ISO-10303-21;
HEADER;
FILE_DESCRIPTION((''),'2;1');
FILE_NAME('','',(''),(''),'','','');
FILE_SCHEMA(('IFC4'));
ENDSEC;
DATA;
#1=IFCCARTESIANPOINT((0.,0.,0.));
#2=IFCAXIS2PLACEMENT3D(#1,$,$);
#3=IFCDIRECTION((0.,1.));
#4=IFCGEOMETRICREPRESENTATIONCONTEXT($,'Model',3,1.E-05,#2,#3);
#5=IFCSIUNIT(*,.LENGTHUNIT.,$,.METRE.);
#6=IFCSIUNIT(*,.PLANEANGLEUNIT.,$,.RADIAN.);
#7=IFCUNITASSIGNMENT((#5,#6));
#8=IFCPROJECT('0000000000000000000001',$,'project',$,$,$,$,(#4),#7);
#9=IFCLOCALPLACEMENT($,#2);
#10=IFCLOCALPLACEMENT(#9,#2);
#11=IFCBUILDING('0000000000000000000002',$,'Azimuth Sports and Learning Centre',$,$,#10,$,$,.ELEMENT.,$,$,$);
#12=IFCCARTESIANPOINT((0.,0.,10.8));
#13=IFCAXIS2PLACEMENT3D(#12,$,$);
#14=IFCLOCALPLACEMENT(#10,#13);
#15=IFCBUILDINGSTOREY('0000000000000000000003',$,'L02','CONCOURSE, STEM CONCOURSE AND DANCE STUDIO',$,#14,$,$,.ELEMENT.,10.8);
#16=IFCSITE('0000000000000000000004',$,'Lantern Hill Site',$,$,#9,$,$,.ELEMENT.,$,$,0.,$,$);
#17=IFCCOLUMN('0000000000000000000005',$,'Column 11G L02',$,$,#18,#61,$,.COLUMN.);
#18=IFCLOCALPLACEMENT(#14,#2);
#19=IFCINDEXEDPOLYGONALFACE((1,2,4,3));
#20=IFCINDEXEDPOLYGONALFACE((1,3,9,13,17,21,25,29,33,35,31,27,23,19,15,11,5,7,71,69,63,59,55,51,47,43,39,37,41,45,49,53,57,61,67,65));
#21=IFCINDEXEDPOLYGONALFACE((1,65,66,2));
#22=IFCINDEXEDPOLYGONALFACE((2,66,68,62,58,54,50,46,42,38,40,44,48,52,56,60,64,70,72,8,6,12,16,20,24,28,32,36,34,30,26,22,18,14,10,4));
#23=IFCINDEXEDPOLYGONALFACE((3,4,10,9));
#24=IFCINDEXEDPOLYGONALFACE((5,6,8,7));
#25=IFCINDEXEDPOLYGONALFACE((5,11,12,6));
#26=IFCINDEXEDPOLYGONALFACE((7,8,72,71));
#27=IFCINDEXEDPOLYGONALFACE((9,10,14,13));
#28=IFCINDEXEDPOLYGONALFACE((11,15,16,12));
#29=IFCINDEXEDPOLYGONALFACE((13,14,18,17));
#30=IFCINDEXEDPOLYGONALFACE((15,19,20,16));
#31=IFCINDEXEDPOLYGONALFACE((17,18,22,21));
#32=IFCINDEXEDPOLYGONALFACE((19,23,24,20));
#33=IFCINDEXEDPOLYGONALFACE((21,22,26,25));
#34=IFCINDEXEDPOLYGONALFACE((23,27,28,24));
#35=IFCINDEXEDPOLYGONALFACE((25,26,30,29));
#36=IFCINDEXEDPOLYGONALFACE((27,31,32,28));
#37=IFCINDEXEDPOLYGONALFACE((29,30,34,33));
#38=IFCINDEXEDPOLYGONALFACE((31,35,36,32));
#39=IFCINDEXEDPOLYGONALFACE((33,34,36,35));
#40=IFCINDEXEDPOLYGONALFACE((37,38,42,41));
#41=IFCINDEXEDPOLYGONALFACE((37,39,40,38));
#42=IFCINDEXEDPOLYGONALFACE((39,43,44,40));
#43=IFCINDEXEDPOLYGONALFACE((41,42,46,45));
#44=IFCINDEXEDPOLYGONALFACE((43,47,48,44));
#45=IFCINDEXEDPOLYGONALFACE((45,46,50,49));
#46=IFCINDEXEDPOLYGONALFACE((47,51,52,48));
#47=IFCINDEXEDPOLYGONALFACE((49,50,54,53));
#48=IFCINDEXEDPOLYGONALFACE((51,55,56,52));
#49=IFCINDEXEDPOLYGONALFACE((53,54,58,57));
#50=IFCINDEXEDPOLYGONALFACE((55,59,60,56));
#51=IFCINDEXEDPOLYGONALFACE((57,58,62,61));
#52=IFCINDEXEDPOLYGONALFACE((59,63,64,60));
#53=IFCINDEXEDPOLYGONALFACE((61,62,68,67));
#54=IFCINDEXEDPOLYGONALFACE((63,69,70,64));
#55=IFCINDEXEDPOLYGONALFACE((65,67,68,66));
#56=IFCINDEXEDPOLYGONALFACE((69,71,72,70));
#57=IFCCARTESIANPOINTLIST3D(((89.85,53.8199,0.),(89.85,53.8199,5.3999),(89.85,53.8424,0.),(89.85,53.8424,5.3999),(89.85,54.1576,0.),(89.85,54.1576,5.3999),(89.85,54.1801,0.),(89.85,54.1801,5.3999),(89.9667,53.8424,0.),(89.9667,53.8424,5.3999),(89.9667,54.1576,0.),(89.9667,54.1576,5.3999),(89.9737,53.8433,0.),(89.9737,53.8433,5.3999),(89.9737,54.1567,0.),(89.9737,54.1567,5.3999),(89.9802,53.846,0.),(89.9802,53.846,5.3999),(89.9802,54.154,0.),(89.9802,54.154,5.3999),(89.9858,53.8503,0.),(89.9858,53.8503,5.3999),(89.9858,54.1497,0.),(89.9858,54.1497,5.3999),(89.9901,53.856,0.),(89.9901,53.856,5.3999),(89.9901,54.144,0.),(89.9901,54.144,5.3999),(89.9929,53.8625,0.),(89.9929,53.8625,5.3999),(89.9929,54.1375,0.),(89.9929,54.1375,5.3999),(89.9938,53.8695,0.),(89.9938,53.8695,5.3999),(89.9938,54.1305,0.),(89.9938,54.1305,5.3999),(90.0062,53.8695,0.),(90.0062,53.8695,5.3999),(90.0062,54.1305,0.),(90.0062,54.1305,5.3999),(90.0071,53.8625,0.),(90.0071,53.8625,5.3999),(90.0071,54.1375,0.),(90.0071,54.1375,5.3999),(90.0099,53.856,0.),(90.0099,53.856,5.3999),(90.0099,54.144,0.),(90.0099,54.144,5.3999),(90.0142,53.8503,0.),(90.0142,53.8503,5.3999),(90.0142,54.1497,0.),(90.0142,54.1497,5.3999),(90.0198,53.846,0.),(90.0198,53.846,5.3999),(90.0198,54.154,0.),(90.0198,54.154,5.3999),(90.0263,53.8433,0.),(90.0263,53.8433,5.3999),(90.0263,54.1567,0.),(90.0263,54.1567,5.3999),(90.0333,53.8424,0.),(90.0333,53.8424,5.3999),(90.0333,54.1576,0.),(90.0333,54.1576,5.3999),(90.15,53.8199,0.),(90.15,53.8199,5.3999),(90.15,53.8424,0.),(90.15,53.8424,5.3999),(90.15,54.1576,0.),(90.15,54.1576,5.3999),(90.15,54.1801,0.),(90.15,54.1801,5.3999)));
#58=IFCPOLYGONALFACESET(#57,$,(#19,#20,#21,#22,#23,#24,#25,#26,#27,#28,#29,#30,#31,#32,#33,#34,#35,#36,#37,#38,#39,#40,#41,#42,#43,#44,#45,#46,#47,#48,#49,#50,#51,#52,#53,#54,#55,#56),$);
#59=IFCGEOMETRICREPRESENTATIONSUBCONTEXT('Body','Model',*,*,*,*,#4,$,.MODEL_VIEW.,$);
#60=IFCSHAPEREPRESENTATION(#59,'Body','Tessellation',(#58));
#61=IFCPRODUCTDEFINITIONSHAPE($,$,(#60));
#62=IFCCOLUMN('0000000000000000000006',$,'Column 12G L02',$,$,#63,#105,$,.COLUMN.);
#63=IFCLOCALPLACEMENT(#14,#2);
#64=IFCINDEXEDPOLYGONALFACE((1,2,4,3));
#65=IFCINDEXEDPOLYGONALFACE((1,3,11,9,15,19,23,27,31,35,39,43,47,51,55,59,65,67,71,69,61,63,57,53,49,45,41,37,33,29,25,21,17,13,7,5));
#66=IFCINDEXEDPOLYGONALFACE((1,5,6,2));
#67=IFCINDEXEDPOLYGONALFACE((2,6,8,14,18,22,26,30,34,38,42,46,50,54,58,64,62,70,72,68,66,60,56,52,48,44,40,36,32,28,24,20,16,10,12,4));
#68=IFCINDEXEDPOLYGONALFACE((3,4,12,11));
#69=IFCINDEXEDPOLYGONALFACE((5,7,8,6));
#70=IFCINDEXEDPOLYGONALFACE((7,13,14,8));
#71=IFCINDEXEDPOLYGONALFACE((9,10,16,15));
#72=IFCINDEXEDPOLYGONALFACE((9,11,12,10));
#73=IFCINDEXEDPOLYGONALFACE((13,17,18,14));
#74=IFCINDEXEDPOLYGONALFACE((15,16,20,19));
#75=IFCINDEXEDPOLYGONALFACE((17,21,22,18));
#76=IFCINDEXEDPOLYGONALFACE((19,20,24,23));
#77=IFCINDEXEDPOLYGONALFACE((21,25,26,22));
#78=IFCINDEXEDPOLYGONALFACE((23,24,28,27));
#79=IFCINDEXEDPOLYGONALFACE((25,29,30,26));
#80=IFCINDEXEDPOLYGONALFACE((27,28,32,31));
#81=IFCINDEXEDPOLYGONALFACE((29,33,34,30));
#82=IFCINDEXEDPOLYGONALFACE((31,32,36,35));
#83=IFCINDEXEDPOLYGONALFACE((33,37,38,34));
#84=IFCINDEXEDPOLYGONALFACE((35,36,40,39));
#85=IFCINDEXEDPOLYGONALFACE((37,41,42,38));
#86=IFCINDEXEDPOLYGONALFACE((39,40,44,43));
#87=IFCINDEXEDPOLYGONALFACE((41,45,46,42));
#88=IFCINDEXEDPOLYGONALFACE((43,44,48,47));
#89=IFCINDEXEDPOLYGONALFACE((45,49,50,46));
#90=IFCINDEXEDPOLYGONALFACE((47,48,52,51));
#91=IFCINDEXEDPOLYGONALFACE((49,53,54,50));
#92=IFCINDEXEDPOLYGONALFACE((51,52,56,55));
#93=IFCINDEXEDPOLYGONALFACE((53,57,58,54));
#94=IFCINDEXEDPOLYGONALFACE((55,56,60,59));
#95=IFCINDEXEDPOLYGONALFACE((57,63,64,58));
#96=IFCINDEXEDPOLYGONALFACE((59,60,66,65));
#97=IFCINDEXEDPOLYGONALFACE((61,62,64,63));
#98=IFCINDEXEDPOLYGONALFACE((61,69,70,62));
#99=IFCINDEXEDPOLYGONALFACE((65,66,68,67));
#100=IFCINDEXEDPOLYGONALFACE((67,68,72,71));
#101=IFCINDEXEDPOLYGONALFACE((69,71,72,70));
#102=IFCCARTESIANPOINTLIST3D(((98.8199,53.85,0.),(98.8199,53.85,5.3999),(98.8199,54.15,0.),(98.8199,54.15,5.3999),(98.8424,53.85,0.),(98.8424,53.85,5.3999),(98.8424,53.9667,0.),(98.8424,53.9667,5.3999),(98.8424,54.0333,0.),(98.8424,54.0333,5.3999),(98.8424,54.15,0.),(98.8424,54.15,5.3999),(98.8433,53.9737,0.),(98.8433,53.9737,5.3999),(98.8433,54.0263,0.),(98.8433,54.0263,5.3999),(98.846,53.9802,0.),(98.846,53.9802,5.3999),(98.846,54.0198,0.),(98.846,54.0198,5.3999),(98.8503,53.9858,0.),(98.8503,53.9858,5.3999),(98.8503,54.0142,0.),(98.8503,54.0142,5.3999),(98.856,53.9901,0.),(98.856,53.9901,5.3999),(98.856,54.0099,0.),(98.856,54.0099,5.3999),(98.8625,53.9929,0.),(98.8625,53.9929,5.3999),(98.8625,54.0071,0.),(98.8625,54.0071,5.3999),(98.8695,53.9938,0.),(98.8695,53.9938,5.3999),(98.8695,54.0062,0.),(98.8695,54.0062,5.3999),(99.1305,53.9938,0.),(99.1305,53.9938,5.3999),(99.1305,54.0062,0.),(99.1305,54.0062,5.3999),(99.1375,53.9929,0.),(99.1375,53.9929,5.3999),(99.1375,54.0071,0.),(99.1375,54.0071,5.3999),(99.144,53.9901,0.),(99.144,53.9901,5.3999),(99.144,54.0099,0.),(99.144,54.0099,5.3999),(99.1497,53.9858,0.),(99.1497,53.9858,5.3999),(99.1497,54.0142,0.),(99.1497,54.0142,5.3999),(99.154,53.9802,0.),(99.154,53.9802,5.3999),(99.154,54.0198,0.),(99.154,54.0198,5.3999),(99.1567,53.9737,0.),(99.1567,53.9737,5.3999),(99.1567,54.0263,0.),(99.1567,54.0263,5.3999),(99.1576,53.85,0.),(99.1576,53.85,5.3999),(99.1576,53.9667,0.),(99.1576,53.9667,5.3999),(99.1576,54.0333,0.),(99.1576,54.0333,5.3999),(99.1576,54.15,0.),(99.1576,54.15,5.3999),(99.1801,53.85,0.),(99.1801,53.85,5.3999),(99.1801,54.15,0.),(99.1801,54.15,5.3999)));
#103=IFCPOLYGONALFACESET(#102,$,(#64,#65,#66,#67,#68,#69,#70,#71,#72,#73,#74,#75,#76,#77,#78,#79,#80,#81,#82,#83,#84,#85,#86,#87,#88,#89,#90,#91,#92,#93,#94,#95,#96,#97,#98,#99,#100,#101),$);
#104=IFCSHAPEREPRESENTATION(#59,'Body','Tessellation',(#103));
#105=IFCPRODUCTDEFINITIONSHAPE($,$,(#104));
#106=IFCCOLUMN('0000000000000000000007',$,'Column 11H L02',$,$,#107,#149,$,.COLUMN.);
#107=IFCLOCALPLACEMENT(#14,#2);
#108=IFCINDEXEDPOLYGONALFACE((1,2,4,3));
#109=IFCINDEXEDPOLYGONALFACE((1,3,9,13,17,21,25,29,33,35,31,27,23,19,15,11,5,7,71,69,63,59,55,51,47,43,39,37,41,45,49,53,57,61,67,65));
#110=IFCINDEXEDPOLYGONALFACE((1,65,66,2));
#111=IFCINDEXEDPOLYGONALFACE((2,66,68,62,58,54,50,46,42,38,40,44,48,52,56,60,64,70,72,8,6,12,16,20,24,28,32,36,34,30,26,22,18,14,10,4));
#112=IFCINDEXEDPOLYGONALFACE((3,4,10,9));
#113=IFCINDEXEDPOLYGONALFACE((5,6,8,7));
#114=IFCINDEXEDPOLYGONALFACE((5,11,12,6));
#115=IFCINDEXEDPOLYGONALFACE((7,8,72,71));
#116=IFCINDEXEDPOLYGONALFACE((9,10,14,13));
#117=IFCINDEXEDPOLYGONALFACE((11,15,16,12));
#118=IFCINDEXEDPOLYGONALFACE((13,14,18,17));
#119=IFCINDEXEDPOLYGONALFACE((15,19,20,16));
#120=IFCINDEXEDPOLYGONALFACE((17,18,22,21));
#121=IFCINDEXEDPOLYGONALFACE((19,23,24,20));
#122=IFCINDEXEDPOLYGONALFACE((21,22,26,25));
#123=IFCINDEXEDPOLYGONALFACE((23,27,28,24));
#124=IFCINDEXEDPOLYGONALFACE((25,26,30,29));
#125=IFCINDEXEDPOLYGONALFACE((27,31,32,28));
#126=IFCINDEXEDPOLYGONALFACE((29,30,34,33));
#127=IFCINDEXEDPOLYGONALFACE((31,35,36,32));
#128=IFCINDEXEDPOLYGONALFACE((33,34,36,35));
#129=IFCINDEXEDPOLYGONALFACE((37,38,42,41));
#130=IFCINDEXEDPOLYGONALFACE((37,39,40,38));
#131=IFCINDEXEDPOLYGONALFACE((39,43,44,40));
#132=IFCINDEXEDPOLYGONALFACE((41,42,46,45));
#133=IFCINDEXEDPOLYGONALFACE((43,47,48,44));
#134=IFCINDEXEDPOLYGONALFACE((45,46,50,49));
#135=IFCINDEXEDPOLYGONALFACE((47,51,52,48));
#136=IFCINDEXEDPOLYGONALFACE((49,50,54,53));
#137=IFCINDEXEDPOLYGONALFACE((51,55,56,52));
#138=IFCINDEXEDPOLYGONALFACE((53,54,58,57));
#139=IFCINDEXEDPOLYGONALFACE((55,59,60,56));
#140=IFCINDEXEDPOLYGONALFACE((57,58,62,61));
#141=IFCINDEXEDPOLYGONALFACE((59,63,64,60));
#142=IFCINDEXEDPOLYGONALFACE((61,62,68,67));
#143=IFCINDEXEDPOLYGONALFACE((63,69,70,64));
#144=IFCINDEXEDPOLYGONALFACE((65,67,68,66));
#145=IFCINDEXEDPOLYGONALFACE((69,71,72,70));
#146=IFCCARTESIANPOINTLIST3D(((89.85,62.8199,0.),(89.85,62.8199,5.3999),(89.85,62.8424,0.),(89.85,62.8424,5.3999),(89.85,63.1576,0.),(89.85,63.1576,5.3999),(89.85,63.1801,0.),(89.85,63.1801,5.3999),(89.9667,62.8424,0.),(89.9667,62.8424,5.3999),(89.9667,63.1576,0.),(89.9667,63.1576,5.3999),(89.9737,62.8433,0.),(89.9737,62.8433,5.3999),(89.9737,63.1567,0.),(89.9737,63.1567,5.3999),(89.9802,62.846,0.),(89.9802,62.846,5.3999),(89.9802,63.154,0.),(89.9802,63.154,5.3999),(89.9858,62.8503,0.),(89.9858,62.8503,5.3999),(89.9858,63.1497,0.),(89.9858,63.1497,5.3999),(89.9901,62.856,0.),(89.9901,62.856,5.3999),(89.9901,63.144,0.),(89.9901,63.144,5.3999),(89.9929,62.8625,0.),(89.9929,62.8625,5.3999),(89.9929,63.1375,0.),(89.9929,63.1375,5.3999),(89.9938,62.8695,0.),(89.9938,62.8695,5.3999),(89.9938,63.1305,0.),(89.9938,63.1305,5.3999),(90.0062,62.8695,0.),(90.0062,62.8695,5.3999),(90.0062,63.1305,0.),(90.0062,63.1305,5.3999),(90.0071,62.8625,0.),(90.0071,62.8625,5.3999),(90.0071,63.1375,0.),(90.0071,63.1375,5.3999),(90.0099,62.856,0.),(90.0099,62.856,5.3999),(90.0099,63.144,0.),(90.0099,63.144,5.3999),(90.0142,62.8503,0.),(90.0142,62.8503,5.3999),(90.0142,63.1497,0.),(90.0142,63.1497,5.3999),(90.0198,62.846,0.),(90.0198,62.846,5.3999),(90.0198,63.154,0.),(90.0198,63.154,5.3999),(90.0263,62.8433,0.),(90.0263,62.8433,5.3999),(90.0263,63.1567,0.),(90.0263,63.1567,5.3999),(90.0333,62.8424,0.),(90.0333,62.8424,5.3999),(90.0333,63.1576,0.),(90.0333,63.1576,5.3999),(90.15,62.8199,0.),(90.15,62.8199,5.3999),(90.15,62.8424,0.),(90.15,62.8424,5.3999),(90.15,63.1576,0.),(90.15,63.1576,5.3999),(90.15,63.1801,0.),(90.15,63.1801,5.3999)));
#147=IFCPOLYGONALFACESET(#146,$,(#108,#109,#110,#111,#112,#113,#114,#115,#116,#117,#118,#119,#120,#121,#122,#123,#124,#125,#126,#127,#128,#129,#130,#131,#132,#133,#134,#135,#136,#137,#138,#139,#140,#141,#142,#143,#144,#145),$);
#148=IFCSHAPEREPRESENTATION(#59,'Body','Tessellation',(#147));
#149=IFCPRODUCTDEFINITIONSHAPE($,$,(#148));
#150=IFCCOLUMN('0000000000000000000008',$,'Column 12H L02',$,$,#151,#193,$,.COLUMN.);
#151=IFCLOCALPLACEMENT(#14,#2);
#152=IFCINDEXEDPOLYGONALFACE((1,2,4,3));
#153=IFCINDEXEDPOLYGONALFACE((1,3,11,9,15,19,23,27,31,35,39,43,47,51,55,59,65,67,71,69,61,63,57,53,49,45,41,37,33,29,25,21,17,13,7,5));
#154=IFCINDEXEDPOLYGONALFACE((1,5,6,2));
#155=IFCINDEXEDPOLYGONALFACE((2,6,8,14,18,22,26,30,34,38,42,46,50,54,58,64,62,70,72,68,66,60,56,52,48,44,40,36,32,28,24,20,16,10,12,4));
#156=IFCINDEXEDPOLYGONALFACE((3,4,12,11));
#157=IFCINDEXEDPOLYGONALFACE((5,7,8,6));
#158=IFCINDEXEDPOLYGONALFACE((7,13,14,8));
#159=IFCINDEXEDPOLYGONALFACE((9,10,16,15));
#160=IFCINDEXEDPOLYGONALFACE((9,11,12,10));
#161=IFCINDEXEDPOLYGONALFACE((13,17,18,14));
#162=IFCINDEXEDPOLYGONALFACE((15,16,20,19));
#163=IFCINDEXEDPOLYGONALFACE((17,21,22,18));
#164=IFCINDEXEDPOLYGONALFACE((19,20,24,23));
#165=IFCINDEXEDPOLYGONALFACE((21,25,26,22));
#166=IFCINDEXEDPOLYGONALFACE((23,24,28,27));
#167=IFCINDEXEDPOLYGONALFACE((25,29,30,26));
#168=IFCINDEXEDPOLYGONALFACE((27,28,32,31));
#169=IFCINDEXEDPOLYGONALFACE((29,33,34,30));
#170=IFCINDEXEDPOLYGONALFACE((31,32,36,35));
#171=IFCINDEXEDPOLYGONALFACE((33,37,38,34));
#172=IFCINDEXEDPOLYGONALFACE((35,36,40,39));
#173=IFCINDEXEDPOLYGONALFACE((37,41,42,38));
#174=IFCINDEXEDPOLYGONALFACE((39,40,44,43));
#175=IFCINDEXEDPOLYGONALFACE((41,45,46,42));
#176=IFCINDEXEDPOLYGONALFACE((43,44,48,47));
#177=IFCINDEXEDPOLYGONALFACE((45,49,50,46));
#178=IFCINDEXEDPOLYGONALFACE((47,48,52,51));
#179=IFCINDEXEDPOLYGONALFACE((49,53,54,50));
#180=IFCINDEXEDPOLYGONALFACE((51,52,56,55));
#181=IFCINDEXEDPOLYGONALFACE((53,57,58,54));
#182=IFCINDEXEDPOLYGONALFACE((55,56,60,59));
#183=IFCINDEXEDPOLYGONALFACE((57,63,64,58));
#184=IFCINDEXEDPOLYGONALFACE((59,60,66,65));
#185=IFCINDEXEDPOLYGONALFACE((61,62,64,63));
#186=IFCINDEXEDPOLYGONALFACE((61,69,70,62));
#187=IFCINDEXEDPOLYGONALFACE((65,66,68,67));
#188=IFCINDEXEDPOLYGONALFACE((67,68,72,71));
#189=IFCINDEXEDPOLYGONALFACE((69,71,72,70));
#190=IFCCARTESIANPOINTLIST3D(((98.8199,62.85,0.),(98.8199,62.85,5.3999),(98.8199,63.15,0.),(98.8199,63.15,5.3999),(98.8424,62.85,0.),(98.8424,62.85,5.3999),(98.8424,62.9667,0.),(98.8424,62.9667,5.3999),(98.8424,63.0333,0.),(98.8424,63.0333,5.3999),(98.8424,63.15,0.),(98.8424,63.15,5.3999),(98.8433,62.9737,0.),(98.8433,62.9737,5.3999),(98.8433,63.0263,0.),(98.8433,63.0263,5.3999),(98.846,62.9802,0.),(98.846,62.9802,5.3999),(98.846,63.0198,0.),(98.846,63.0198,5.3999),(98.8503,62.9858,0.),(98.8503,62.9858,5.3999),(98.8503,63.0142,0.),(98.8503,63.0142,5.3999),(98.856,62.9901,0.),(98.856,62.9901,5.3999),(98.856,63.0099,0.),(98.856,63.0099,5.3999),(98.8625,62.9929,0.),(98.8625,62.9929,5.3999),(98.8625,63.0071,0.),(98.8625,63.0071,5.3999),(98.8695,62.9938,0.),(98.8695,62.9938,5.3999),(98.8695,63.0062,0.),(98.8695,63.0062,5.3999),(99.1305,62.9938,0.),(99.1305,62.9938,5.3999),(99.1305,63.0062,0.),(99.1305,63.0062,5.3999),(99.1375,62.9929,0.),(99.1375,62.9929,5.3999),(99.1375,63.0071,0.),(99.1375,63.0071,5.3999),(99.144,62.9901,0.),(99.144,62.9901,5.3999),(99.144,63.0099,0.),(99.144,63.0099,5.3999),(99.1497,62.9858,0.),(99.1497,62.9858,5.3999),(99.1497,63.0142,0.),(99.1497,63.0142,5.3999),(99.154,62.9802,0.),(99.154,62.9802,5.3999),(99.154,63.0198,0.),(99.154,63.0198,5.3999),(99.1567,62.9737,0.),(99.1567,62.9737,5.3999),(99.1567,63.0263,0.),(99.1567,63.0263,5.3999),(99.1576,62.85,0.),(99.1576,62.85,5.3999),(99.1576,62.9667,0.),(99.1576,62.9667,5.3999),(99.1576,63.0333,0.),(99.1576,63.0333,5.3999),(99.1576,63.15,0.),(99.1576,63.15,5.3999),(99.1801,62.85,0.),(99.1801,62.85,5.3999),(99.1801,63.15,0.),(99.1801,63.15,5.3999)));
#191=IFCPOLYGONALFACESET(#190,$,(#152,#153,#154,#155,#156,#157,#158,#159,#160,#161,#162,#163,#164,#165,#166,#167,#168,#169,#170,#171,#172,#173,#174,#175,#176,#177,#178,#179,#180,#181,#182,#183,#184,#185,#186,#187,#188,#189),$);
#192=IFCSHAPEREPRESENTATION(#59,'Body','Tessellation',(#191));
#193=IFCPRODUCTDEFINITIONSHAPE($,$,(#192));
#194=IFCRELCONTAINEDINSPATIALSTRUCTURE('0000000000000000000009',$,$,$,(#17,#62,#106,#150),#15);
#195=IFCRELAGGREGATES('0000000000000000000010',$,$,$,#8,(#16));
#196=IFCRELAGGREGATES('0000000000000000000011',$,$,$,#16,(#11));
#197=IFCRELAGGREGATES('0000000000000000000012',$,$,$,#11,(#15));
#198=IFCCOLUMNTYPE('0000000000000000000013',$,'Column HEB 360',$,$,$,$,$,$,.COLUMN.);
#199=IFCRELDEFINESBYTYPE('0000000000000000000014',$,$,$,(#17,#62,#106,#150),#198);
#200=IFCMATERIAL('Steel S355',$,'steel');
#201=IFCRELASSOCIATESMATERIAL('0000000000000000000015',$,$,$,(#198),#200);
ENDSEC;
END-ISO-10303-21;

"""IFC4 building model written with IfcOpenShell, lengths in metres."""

from ifc_helpers import new_model, si_unit, direction, frame, origin, origin_2d, place, context, subcontext, project, spatial, i_section, extrude, material, material_profile, profile_set, type_object, element, save


model = new_model("IFC4")

# Units and contexts
model_context = context("Model", 3, precision=1e-05, world=origin(), true_north=direction((0.0, 1.0)))
body_context = subcontext(model_context, "Body", "Model", "MODEL_VIEW")
ifc_project = project(units=[si_unit("LENGTHUNIT", "METRE"), si_unit("PLANEANGLEUNIT", "RADIAN")], contexts=[model_context])

# Site, building, storey
site_placement = place(None, origin())
site = spatial("IfcSite", under=ifc_project, at=site_placement, Name="Lantern Hill Site", CompositionType="ELEMENT", RefElevation=0.0)
building_placement = place(site_placement, origin())
building = spatial("IfcBuilding", under=site, at=building_placement, Name="Azimuth Sports and Learning Centre", CompositionType="ELEMENT")
storey_placement = place(building_placement, frame((0.0, 0.0, 10.8)))
storey = spatial("IfcBuildingStorey", under=building, at=storey_placement, Name="L02", Description="CONCOURSE, STEM CONCOURSE AND DANCE STUDIO", CompositionType="ELEMENT", Elevation=10.8)

# Columns
ifc_material_1 = material(Name="Steel S355", Category="steel")
ifc_material_profile_1 = material_profile(ifc_material_1, i_section(OverallWidth=0.3, OverallDepth=0.3601, WebThickness=0.0125, FlangeThickness=0.0225, FilletRadius=0.0271, at=origin_2d()), Name="HEB 360")
ifc_profile_set_1 = profile_set([ifc_material_profile_1], Name="Steel S355")
column_type = type_object("IfcColumnType", Name="Column HEB 360", PredefinedType="COLUMN", material=ifc_profile_set_1)
for number, where, z_axis, x_axis, name in (
    (1, (90.0, 54.0, 0.0), (0.0, 0.0, 1.0), (1.0, 0.0, 0.0), "Column 11G L02"),
    (2, (99.0, 54.0, 0.0), (0.0, 0.0, 1.0), (0.0, 1.0, 0.0), "Column 12G L02"),
    (3, (90.0, 63.0, 0.0), (0.0, 0.0, 1.0), (1.0, 0.0, 0.0), "Column 11H L02"),
    (4, (99.0, 63.0, 0.0), (0.0, 0.0, 1.0), (0.0, 1.0, 0.0), "Column 12H L02"),
):
    element("IfcColumn", number, at=place(storey_placement, frame(where, z_axis=z_axis, x_axis=x_axis)), inside=storey, type_object=column_type, Name=name, PredefinedType="COLUMN", context=body_context, shape_type="SweptSolid", body=[
        extrude(i_section(OverallWidth=0.3, OverallDepth=0.3601, WebThickness=0.0125, FlangeThickness=0.0225, FilletRadius=0.0271, at=origin_2d()), origin(), (0.0, 0.0, 1.0), 5.3999),
    ])

save(model, "model.ifc")
